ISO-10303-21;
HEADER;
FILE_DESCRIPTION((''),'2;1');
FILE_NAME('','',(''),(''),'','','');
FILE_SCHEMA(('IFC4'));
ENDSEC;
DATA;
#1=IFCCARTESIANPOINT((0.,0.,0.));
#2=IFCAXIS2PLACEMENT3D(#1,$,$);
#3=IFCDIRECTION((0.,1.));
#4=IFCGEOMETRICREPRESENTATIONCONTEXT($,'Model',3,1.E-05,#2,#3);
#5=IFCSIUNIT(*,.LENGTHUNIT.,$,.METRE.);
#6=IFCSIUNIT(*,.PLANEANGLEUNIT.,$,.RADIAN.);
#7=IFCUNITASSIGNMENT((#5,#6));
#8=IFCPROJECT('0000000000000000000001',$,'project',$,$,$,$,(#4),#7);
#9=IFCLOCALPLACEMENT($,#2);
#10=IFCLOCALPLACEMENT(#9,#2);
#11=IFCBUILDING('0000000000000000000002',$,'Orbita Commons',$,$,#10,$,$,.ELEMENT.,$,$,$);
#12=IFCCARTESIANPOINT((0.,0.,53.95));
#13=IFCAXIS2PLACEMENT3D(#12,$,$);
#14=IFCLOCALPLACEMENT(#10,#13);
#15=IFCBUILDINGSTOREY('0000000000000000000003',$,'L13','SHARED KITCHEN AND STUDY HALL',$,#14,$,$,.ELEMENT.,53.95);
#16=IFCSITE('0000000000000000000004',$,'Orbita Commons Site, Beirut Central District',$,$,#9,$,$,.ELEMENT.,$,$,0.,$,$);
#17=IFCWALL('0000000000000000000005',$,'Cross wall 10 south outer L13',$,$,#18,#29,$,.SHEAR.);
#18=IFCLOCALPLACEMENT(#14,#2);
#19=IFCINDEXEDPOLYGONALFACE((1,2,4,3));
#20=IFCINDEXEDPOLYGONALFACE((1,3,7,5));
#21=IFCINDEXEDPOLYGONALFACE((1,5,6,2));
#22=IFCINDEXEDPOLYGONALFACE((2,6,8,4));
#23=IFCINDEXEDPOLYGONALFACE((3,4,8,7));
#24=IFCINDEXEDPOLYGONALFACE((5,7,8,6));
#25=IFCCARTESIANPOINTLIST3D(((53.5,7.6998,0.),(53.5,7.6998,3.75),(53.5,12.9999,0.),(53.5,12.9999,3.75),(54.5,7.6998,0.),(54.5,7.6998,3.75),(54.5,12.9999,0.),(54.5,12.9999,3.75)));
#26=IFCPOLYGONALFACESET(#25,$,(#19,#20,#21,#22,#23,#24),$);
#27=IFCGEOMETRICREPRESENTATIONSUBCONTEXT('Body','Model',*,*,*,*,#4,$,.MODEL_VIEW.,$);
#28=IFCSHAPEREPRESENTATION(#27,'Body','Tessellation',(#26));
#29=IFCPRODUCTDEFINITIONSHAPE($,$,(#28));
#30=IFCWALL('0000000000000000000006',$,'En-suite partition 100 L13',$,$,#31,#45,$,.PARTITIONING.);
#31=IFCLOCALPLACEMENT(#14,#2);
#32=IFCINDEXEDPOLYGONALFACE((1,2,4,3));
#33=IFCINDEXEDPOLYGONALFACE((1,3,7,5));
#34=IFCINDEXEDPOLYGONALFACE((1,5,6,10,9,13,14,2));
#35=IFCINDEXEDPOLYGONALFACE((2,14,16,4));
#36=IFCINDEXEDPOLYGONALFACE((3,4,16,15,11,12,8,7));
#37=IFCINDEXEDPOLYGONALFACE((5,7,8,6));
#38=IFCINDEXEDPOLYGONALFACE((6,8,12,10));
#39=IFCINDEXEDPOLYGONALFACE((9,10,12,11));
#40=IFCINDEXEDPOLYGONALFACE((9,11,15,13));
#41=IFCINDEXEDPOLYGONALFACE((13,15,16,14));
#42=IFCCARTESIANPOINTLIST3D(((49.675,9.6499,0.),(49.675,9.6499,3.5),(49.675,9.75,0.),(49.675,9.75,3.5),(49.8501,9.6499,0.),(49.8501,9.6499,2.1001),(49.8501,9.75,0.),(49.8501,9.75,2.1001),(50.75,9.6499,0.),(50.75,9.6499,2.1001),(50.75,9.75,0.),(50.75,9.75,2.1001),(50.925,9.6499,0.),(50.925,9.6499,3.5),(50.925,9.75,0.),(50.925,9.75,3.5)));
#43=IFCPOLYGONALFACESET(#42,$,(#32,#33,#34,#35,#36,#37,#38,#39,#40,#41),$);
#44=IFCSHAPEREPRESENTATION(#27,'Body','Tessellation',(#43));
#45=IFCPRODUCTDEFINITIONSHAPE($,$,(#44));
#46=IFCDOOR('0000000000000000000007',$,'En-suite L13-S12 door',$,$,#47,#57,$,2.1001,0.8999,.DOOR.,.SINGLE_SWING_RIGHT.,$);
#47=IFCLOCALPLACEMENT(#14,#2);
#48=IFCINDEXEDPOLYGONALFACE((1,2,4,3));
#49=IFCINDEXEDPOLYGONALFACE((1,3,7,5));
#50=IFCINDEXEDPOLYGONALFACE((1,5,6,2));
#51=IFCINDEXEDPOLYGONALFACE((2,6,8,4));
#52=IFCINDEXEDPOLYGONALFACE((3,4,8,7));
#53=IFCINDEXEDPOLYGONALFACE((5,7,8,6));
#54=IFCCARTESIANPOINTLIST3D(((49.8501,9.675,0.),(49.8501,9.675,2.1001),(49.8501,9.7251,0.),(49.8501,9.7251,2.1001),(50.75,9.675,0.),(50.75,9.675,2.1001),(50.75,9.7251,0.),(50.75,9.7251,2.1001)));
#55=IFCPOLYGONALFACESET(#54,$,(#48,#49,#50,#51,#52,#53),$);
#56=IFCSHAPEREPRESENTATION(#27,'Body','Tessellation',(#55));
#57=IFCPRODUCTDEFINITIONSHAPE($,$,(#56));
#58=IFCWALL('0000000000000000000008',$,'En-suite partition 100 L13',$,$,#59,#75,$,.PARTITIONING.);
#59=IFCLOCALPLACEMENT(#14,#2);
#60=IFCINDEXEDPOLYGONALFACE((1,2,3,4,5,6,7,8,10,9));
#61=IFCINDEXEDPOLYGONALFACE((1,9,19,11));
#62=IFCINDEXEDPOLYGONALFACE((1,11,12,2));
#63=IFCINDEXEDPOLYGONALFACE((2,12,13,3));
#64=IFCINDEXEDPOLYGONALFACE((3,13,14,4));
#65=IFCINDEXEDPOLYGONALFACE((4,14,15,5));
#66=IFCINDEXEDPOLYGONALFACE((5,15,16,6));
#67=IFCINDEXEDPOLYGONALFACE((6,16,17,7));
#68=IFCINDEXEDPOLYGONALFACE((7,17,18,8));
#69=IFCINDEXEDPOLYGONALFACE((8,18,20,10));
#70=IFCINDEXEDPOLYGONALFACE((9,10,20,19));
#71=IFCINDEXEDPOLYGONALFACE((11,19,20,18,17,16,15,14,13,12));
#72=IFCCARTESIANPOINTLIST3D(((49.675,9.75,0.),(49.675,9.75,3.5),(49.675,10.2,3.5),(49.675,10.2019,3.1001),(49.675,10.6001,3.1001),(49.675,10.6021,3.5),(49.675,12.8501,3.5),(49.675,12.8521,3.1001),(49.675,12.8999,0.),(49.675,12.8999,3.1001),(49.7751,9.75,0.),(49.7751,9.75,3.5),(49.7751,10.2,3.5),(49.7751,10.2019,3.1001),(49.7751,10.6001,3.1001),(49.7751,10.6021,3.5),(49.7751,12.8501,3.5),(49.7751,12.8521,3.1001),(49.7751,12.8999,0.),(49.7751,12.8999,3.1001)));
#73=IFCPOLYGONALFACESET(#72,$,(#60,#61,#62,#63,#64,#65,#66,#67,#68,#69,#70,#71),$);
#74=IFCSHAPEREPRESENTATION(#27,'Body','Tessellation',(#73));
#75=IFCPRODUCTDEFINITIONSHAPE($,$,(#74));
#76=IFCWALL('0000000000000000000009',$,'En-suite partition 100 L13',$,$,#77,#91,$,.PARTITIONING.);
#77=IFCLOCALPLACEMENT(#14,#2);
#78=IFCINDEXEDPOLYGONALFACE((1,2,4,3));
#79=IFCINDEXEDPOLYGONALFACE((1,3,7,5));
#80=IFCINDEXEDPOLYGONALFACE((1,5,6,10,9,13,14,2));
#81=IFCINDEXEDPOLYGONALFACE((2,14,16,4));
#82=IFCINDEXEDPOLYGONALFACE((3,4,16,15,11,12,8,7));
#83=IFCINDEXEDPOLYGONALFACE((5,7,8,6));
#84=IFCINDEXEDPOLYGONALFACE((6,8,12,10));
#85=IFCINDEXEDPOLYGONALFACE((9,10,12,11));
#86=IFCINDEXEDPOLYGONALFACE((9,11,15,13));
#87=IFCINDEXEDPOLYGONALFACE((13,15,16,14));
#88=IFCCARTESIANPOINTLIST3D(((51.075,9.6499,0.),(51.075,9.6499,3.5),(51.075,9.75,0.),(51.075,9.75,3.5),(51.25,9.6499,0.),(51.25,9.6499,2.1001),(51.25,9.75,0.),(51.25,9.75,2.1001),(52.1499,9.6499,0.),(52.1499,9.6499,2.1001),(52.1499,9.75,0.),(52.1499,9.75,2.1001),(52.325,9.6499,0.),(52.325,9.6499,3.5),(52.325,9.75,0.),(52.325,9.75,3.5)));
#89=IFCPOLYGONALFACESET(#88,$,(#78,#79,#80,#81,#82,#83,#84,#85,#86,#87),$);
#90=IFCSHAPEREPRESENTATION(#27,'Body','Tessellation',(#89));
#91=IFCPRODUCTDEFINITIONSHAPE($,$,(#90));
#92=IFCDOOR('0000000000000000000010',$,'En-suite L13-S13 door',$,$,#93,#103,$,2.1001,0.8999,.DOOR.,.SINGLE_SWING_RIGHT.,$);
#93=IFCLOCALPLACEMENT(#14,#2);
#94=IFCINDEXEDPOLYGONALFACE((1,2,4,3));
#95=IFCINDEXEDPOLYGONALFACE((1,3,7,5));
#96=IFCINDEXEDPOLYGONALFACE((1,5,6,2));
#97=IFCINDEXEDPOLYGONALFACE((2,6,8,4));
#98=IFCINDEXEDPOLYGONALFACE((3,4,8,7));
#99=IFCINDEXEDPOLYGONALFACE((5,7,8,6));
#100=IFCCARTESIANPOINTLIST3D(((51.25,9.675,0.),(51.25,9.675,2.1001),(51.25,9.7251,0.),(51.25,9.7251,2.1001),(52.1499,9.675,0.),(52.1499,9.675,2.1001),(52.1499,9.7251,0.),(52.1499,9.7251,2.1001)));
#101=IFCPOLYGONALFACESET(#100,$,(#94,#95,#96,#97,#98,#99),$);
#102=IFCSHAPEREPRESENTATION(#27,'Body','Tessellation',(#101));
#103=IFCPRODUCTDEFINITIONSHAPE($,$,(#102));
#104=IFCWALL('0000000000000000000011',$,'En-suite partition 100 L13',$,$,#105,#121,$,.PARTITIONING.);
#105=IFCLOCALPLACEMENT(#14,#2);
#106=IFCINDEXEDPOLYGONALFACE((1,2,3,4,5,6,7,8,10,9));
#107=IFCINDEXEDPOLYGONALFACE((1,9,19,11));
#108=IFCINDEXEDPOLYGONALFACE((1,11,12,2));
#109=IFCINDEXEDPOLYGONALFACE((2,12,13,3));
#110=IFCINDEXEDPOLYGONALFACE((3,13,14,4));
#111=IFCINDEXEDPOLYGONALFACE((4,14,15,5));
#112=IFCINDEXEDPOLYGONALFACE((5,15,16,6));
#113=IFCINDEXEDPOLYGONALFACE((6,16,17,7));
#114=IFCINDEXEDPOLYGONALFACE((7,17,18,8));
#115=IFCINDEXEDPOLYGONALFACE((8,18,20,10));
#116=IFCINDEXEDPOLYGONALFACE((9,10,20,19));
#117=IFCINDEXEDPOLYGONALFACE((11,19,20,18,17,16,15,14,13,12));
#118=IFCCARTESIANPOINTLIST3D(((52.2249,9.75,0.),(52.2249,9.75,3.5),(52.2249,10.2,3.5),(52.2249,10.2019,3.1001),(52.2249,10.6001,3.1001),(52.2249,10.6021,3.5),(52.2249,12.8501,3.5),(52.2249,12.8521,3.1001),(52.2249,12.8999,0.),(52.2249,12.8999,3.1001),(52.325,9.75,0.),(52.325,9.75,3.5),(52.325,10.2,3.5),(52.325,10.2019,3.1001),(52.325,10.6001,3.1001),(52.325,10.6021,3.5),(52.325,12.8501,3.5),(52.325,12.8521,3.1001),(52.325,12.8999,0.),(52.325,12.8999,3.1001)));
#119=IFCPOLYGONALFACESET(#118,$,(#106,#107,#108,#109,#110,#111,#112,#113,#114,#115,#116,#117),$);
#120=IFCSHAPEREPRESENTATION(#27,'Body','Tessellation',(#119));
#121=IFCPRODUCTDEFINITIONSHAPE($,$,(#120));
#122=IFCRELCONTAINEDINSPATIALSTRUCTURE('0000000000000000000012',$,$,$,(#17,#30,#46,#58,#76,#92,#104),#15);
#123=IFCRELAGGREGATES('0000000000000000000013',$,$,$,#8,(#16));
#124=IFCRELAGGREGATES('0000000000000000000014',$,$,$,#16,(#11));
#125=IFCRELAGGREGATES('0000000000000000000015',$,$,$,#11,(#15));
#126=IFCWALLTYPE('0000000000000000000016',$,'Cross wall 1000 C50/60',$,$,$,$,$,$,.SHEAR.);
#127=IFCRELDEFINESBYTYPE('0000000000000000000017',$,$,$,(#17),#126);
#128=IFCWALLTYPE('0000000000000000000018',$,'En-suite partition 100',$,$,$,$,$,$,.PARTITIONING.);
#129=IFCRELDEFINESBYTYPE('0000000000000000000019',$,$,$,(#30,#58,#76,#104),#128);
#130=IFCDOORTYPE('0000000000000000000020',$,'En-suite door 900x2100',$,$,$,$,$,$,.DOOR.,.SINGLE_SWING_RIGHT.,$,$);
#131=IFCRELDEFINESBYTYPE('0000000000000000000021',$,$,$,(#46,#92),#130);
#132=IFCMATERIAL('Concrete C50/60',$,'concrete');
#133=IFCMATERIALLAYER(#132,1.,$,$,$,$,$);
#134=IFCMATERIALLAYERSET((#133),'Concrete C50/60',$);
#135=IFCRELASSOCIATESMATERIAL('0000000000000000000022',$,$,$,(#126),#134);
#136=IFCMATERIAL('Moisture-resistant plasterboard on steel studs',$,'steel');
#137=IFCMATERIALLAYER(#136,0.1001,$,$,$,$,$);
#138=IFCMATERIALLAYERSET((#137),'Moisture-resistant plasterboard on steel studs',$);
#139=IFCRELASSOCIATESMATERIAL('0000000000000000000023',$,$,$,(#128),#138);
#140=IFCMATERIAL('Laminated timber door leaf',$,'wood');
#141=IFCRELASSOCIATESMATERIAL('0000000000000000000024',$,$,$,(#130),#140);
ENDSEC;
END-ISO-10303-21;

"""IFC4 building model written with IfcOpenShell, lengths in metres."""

from ifc_helpers import new_model, si_unit, direction, frame, frame_2d, origin, place, context, subcontext, project, spatial, polyline, rectangle, outline, extrude, material, layer, layer_set, type_object, element, fill, save


model = new_model("IFC4")

# Units and contexts
model_context = context("Model", 3, precision=1e-05, world=origin(), true_north=direction((0.0, 1.0)))
body_context = subcontext(model_context, "Body", "Model", "MODEL_VIEW")
ifc_project = project(units=[si_unit("LENGTHUNIT", "METRE"), si_unit("PLANEANGLEUNIT", "RADIAN")], contexts=[model_context])

# Site, building, storey
site_placement = place(None, origin())
site = spatial("IfcSite", under=ifc_project, at=site_placement, Name="Orbita Commons Site, Beirut Central District", CompositionType="ELEMENT", RefElevation=0.0)
building_placement = place(site_placement, origin())
building = spatial("IfcBuilding", under=site, at=building_placement, Name="Orbita Commons", CompositionType="ELEMENT")
storey_placement = place(building_placement, frame((0.0, 0.0, 53.95)))
storey = spatial("IfcBuildingStorey", under=building, at=storey_placement, Name="L13", Description="SHARED KITCHEN AND STUDY HALL", CompositionType="ELEMENT", Elevation=53.95)

# Wall
ifc_material_1 = material(Name="Concrete C50/60", Category="concrete")
ifc_layer_1 = layer(ifc_material_1, 1.0)
ifc_layer_set_1 = layer_set([ifc_layer_1], Name="Concrete C50/60")
wall_type_1 = type_object("IfcWallType", Name="Cross wall 1000 C50/60", PredefinedType="SHEAR", material=ifc_layer_set_1)
for number, where, z_axis, x_axis, name in (
    (1, (54.0, 7.7, 0.0), (0.0, 0.0, 1.0), (0.0, 1.0, 0.0), "Cross wall 10 south outer L13"),
):
    element("IfcWall", number, at=place(storey_placement, frame(where, z_axis=z_axis, x_axis=x_axis)), inside=storey, type_object=wall_type_1, Name=name, PredefinedType="SHEAR", context=body_context, shape_type="SweptSolid", body=[
        extrude(rectangle(XDim=5.3, YDim=1.0, at=frame_2d((2.6499, 0.0))), origin(), (0.0, 0.0, 1.0), 3.75),
    ])

# Wall, opening, door
ifc_material_2 = material(Name="Moisture-resistant plasterboard on steel studs", Category="steel")
ifc_layer_2 = layer(ifc_material_2, 0.1001)
ifc_layer_set_2 = layer_set([ifc_layer_2], Name="Moisture-resistant plasterboard on steel studs")
wall_type_2 = type_object("IfcWallType", Name="En-suite partition 100", PredefinedType="PARTITIONING", material=ifc_layer_set_2)
wall_1_placement = place(storey_placement, frame((50.925, 9.7, 0.0), z_axis=(0.0, 0.0, 1.0), x_axis=(-1.0, 0.0, 0.0)))
wall_1 = element("IfcWall", 2, at=wall_1_placement, inside=storey, type_object=wall_type_2, Name="En-suite partition 100 L13", PredefinedType="PARTITIONING", context=body_context, shape_type="SweptSolid", body=[
    extrude(rectangle(XDim=1.25, YDim=0.1001, at=frame_2d((0.625, 0.0))), origin(), (0.0, 0.0, 1.0), 3.5),
])
opening_1_placement = place(wall_1_placement, frame((0.175, 0.0, 0.0)))
opening_1 = element("IfcOpeningElement", 3, at=opening_1_placement, cuts=wall_1, PredefinedType="OPENING", context=body_context, shape_type="SweptSolid", body=[
    extrude(rectangle(XDim=0.8999, YDim=2.1001, at=frame_2d((0.45, 1.05))), frame((0.0, 0.0601, 0.0), z_axis=(0.0, -1.0, 0.0), x_axis=(1.0, 0.0, 0.0)), (0.0, 0.0, 1.0), 0.1201),
])
ifc_material_3 = material(Name="Laminated timber door leaf", Category="wood")
door_type_1 = type_object("IfcDoorType", Name="En-suite door 900x2100", OperationType="SINGLE_SWING_RIGHT", PredefinedType="DOOR", material=ifc_material_3)
door_1_placement = place(opening_1_placement, origin())
door_1 = element("IfcDoor", 4, at=door_1_placement, inside=storey, type_object=door_type_1, Name="En-suite L13-S12 door", OperationType="SINGLE_SWING_RIGHT", OverallHeight=2.1001, OverallWidth=0.8999, PredefinedType="DOOR", context=body_context, shape_type="SweptSolid", body=[
    extrude(rectangle(XDim=0.8999, YDim=2.1001, at=frame_2d((0.45, 1.05))), frame((0.0, 0.0249, 0.0), z_axis=(0.0, -1.0, 0.0), x_axis=(1.0, 0.0, 0.0)), (0.0, 0.0, 1.0), 0.05),
])
fill(opening_1, door_1)

# Wall
wall_2_placement = place(storey_placement, frame((49.7251, 9.75, 0.0), z_axis=(0.0, 0.0, 1.0), x_axis=(0.0, 1.0, 0.0)))
element("IfcWall", 5, at=wall_2_placement, inside=storey, type_object=wall_type_2, Name="En-suite partition 100 L13", PredefinedType="PARTITIONING", context=body_context, shape_type="SweptSolid", body=[
    extrude(outline(polyline([(0.0, 0.0), (3.1499, 0.0), (3.1499, 3.1001), (3.1021, 3.1001), (3.1001, 3.5), (0.8521, 3.5), (0.8501, 3.1001), (0.4519, 3.1001), (0.45, 3.5), (0.0, 3.5), (0.0, 0.0)])), frame((0.0, 0.05, 0.0), z_axis=(0.0, -1.0, 0.0), x_axis=(1.0, 0.0, 0.0)), (0.0, 0.0, 1.0), 0.1001),
])

# Wall, opening, door
wall_3_placement = place(storey_placement, frame((52.325, 9.7, 0.0), z_axis=(0.0, 0.0, 1.0), x_axis=(-1.0, 0.0, 0.0)))
wall_3 = element("IfcWall", 6, at=wall_3_placement, inside=storey, type_object=wall_type_2, Name="En-suite partition 100 L13", PredefinedType="PARTITIONING", context=body_context, shape_type="SweptSolid", body=[
    extrude(rectangle(XDim=1.25, YDim=0.1001, at=frame_2d((0.625, 0.0))), origin(), (0.0, 0.0, 1.0), 3.5),
])
opening_2_placement = place(wall_3_placement, frame((0.175, 0.0, 0.0)))
opening_2 = element("IfcOpeningElement", 7, at=opening_2_placement, cuts=wall_3, PredefinedType="OPENING", context=body_context, shape_type="SweptSolid", body=[
    extrude(rectangle(XDim=0.8999, YDim=2.1001, at=frame_2d((0.45, 1.05))), frame((0.0, 0.0601, 0.0), z_axis=(0.0, -1.0, 0.0), x_axis=(1.0, 0.0, 0.0)), (0.0, 0.0, 1.0), 0.1201),
])
door_2_placement = place(opening_2_placement, origin())
door_2 = element("IfcDoor", 8, at=door_2_placement, inside=storey, type_object=door_type_1, Name="En-suite L13-S13 door", OperationType="SINGLE_SWING_RIGHT", OverallHeight=2.1001, OverallWidth=0.8999, PredefinedType="DOOR", context=body_context, shape_type="SweptSolid", body=[
    extrude(rectangle(XDim=0.8999, YDim=2.1001, at=frame_2d((0.45, 1.05))), frame((0.0, 0.0249, 0.0), z_axis=(0.0, -1.0, 0.0), x_axis=(1.0, 0.0, 0.0)), (0.0, 0.0, 1.0), 0.05),
])
fill(opening_2, door_2)

# Wall
wall_4_placement = place(storey_placement, frame((52.2749, 9.75, 0.0), z_axis=(0.0, 0.0, 1.0), x_axis=(0.0, 1.0, 0.0)))
element("IfcWall", 9, at=wall_4_placement, inside=storey, type_object=wall_type_2, Name="En-suite partition 100 L13", PredefinedType="PARTITIONING", context=body_context, shape_type="SweptSolid", body=[
    extrude(outline(polyline([(0.0, 0.0), (3.1499, 0.0), (3.1499, 3.1001), (3.1021, 3.1001), (3.1001, 3.5), (0.8521, 3.5), (0.8501, 3.1001), (0.4519, 3.1001), (0.45, 3.5), (0.0, 3.5), (0.0, 0.0)])), frame((0.0, 0.05, 0.0), z_axis=(0.0, -1.0, 0.0), x_axis=(1.0, 0.0, 0.0)), (0.0, 0.0, 1.0), 0.1001),
])

save(model, "model.ifc")
